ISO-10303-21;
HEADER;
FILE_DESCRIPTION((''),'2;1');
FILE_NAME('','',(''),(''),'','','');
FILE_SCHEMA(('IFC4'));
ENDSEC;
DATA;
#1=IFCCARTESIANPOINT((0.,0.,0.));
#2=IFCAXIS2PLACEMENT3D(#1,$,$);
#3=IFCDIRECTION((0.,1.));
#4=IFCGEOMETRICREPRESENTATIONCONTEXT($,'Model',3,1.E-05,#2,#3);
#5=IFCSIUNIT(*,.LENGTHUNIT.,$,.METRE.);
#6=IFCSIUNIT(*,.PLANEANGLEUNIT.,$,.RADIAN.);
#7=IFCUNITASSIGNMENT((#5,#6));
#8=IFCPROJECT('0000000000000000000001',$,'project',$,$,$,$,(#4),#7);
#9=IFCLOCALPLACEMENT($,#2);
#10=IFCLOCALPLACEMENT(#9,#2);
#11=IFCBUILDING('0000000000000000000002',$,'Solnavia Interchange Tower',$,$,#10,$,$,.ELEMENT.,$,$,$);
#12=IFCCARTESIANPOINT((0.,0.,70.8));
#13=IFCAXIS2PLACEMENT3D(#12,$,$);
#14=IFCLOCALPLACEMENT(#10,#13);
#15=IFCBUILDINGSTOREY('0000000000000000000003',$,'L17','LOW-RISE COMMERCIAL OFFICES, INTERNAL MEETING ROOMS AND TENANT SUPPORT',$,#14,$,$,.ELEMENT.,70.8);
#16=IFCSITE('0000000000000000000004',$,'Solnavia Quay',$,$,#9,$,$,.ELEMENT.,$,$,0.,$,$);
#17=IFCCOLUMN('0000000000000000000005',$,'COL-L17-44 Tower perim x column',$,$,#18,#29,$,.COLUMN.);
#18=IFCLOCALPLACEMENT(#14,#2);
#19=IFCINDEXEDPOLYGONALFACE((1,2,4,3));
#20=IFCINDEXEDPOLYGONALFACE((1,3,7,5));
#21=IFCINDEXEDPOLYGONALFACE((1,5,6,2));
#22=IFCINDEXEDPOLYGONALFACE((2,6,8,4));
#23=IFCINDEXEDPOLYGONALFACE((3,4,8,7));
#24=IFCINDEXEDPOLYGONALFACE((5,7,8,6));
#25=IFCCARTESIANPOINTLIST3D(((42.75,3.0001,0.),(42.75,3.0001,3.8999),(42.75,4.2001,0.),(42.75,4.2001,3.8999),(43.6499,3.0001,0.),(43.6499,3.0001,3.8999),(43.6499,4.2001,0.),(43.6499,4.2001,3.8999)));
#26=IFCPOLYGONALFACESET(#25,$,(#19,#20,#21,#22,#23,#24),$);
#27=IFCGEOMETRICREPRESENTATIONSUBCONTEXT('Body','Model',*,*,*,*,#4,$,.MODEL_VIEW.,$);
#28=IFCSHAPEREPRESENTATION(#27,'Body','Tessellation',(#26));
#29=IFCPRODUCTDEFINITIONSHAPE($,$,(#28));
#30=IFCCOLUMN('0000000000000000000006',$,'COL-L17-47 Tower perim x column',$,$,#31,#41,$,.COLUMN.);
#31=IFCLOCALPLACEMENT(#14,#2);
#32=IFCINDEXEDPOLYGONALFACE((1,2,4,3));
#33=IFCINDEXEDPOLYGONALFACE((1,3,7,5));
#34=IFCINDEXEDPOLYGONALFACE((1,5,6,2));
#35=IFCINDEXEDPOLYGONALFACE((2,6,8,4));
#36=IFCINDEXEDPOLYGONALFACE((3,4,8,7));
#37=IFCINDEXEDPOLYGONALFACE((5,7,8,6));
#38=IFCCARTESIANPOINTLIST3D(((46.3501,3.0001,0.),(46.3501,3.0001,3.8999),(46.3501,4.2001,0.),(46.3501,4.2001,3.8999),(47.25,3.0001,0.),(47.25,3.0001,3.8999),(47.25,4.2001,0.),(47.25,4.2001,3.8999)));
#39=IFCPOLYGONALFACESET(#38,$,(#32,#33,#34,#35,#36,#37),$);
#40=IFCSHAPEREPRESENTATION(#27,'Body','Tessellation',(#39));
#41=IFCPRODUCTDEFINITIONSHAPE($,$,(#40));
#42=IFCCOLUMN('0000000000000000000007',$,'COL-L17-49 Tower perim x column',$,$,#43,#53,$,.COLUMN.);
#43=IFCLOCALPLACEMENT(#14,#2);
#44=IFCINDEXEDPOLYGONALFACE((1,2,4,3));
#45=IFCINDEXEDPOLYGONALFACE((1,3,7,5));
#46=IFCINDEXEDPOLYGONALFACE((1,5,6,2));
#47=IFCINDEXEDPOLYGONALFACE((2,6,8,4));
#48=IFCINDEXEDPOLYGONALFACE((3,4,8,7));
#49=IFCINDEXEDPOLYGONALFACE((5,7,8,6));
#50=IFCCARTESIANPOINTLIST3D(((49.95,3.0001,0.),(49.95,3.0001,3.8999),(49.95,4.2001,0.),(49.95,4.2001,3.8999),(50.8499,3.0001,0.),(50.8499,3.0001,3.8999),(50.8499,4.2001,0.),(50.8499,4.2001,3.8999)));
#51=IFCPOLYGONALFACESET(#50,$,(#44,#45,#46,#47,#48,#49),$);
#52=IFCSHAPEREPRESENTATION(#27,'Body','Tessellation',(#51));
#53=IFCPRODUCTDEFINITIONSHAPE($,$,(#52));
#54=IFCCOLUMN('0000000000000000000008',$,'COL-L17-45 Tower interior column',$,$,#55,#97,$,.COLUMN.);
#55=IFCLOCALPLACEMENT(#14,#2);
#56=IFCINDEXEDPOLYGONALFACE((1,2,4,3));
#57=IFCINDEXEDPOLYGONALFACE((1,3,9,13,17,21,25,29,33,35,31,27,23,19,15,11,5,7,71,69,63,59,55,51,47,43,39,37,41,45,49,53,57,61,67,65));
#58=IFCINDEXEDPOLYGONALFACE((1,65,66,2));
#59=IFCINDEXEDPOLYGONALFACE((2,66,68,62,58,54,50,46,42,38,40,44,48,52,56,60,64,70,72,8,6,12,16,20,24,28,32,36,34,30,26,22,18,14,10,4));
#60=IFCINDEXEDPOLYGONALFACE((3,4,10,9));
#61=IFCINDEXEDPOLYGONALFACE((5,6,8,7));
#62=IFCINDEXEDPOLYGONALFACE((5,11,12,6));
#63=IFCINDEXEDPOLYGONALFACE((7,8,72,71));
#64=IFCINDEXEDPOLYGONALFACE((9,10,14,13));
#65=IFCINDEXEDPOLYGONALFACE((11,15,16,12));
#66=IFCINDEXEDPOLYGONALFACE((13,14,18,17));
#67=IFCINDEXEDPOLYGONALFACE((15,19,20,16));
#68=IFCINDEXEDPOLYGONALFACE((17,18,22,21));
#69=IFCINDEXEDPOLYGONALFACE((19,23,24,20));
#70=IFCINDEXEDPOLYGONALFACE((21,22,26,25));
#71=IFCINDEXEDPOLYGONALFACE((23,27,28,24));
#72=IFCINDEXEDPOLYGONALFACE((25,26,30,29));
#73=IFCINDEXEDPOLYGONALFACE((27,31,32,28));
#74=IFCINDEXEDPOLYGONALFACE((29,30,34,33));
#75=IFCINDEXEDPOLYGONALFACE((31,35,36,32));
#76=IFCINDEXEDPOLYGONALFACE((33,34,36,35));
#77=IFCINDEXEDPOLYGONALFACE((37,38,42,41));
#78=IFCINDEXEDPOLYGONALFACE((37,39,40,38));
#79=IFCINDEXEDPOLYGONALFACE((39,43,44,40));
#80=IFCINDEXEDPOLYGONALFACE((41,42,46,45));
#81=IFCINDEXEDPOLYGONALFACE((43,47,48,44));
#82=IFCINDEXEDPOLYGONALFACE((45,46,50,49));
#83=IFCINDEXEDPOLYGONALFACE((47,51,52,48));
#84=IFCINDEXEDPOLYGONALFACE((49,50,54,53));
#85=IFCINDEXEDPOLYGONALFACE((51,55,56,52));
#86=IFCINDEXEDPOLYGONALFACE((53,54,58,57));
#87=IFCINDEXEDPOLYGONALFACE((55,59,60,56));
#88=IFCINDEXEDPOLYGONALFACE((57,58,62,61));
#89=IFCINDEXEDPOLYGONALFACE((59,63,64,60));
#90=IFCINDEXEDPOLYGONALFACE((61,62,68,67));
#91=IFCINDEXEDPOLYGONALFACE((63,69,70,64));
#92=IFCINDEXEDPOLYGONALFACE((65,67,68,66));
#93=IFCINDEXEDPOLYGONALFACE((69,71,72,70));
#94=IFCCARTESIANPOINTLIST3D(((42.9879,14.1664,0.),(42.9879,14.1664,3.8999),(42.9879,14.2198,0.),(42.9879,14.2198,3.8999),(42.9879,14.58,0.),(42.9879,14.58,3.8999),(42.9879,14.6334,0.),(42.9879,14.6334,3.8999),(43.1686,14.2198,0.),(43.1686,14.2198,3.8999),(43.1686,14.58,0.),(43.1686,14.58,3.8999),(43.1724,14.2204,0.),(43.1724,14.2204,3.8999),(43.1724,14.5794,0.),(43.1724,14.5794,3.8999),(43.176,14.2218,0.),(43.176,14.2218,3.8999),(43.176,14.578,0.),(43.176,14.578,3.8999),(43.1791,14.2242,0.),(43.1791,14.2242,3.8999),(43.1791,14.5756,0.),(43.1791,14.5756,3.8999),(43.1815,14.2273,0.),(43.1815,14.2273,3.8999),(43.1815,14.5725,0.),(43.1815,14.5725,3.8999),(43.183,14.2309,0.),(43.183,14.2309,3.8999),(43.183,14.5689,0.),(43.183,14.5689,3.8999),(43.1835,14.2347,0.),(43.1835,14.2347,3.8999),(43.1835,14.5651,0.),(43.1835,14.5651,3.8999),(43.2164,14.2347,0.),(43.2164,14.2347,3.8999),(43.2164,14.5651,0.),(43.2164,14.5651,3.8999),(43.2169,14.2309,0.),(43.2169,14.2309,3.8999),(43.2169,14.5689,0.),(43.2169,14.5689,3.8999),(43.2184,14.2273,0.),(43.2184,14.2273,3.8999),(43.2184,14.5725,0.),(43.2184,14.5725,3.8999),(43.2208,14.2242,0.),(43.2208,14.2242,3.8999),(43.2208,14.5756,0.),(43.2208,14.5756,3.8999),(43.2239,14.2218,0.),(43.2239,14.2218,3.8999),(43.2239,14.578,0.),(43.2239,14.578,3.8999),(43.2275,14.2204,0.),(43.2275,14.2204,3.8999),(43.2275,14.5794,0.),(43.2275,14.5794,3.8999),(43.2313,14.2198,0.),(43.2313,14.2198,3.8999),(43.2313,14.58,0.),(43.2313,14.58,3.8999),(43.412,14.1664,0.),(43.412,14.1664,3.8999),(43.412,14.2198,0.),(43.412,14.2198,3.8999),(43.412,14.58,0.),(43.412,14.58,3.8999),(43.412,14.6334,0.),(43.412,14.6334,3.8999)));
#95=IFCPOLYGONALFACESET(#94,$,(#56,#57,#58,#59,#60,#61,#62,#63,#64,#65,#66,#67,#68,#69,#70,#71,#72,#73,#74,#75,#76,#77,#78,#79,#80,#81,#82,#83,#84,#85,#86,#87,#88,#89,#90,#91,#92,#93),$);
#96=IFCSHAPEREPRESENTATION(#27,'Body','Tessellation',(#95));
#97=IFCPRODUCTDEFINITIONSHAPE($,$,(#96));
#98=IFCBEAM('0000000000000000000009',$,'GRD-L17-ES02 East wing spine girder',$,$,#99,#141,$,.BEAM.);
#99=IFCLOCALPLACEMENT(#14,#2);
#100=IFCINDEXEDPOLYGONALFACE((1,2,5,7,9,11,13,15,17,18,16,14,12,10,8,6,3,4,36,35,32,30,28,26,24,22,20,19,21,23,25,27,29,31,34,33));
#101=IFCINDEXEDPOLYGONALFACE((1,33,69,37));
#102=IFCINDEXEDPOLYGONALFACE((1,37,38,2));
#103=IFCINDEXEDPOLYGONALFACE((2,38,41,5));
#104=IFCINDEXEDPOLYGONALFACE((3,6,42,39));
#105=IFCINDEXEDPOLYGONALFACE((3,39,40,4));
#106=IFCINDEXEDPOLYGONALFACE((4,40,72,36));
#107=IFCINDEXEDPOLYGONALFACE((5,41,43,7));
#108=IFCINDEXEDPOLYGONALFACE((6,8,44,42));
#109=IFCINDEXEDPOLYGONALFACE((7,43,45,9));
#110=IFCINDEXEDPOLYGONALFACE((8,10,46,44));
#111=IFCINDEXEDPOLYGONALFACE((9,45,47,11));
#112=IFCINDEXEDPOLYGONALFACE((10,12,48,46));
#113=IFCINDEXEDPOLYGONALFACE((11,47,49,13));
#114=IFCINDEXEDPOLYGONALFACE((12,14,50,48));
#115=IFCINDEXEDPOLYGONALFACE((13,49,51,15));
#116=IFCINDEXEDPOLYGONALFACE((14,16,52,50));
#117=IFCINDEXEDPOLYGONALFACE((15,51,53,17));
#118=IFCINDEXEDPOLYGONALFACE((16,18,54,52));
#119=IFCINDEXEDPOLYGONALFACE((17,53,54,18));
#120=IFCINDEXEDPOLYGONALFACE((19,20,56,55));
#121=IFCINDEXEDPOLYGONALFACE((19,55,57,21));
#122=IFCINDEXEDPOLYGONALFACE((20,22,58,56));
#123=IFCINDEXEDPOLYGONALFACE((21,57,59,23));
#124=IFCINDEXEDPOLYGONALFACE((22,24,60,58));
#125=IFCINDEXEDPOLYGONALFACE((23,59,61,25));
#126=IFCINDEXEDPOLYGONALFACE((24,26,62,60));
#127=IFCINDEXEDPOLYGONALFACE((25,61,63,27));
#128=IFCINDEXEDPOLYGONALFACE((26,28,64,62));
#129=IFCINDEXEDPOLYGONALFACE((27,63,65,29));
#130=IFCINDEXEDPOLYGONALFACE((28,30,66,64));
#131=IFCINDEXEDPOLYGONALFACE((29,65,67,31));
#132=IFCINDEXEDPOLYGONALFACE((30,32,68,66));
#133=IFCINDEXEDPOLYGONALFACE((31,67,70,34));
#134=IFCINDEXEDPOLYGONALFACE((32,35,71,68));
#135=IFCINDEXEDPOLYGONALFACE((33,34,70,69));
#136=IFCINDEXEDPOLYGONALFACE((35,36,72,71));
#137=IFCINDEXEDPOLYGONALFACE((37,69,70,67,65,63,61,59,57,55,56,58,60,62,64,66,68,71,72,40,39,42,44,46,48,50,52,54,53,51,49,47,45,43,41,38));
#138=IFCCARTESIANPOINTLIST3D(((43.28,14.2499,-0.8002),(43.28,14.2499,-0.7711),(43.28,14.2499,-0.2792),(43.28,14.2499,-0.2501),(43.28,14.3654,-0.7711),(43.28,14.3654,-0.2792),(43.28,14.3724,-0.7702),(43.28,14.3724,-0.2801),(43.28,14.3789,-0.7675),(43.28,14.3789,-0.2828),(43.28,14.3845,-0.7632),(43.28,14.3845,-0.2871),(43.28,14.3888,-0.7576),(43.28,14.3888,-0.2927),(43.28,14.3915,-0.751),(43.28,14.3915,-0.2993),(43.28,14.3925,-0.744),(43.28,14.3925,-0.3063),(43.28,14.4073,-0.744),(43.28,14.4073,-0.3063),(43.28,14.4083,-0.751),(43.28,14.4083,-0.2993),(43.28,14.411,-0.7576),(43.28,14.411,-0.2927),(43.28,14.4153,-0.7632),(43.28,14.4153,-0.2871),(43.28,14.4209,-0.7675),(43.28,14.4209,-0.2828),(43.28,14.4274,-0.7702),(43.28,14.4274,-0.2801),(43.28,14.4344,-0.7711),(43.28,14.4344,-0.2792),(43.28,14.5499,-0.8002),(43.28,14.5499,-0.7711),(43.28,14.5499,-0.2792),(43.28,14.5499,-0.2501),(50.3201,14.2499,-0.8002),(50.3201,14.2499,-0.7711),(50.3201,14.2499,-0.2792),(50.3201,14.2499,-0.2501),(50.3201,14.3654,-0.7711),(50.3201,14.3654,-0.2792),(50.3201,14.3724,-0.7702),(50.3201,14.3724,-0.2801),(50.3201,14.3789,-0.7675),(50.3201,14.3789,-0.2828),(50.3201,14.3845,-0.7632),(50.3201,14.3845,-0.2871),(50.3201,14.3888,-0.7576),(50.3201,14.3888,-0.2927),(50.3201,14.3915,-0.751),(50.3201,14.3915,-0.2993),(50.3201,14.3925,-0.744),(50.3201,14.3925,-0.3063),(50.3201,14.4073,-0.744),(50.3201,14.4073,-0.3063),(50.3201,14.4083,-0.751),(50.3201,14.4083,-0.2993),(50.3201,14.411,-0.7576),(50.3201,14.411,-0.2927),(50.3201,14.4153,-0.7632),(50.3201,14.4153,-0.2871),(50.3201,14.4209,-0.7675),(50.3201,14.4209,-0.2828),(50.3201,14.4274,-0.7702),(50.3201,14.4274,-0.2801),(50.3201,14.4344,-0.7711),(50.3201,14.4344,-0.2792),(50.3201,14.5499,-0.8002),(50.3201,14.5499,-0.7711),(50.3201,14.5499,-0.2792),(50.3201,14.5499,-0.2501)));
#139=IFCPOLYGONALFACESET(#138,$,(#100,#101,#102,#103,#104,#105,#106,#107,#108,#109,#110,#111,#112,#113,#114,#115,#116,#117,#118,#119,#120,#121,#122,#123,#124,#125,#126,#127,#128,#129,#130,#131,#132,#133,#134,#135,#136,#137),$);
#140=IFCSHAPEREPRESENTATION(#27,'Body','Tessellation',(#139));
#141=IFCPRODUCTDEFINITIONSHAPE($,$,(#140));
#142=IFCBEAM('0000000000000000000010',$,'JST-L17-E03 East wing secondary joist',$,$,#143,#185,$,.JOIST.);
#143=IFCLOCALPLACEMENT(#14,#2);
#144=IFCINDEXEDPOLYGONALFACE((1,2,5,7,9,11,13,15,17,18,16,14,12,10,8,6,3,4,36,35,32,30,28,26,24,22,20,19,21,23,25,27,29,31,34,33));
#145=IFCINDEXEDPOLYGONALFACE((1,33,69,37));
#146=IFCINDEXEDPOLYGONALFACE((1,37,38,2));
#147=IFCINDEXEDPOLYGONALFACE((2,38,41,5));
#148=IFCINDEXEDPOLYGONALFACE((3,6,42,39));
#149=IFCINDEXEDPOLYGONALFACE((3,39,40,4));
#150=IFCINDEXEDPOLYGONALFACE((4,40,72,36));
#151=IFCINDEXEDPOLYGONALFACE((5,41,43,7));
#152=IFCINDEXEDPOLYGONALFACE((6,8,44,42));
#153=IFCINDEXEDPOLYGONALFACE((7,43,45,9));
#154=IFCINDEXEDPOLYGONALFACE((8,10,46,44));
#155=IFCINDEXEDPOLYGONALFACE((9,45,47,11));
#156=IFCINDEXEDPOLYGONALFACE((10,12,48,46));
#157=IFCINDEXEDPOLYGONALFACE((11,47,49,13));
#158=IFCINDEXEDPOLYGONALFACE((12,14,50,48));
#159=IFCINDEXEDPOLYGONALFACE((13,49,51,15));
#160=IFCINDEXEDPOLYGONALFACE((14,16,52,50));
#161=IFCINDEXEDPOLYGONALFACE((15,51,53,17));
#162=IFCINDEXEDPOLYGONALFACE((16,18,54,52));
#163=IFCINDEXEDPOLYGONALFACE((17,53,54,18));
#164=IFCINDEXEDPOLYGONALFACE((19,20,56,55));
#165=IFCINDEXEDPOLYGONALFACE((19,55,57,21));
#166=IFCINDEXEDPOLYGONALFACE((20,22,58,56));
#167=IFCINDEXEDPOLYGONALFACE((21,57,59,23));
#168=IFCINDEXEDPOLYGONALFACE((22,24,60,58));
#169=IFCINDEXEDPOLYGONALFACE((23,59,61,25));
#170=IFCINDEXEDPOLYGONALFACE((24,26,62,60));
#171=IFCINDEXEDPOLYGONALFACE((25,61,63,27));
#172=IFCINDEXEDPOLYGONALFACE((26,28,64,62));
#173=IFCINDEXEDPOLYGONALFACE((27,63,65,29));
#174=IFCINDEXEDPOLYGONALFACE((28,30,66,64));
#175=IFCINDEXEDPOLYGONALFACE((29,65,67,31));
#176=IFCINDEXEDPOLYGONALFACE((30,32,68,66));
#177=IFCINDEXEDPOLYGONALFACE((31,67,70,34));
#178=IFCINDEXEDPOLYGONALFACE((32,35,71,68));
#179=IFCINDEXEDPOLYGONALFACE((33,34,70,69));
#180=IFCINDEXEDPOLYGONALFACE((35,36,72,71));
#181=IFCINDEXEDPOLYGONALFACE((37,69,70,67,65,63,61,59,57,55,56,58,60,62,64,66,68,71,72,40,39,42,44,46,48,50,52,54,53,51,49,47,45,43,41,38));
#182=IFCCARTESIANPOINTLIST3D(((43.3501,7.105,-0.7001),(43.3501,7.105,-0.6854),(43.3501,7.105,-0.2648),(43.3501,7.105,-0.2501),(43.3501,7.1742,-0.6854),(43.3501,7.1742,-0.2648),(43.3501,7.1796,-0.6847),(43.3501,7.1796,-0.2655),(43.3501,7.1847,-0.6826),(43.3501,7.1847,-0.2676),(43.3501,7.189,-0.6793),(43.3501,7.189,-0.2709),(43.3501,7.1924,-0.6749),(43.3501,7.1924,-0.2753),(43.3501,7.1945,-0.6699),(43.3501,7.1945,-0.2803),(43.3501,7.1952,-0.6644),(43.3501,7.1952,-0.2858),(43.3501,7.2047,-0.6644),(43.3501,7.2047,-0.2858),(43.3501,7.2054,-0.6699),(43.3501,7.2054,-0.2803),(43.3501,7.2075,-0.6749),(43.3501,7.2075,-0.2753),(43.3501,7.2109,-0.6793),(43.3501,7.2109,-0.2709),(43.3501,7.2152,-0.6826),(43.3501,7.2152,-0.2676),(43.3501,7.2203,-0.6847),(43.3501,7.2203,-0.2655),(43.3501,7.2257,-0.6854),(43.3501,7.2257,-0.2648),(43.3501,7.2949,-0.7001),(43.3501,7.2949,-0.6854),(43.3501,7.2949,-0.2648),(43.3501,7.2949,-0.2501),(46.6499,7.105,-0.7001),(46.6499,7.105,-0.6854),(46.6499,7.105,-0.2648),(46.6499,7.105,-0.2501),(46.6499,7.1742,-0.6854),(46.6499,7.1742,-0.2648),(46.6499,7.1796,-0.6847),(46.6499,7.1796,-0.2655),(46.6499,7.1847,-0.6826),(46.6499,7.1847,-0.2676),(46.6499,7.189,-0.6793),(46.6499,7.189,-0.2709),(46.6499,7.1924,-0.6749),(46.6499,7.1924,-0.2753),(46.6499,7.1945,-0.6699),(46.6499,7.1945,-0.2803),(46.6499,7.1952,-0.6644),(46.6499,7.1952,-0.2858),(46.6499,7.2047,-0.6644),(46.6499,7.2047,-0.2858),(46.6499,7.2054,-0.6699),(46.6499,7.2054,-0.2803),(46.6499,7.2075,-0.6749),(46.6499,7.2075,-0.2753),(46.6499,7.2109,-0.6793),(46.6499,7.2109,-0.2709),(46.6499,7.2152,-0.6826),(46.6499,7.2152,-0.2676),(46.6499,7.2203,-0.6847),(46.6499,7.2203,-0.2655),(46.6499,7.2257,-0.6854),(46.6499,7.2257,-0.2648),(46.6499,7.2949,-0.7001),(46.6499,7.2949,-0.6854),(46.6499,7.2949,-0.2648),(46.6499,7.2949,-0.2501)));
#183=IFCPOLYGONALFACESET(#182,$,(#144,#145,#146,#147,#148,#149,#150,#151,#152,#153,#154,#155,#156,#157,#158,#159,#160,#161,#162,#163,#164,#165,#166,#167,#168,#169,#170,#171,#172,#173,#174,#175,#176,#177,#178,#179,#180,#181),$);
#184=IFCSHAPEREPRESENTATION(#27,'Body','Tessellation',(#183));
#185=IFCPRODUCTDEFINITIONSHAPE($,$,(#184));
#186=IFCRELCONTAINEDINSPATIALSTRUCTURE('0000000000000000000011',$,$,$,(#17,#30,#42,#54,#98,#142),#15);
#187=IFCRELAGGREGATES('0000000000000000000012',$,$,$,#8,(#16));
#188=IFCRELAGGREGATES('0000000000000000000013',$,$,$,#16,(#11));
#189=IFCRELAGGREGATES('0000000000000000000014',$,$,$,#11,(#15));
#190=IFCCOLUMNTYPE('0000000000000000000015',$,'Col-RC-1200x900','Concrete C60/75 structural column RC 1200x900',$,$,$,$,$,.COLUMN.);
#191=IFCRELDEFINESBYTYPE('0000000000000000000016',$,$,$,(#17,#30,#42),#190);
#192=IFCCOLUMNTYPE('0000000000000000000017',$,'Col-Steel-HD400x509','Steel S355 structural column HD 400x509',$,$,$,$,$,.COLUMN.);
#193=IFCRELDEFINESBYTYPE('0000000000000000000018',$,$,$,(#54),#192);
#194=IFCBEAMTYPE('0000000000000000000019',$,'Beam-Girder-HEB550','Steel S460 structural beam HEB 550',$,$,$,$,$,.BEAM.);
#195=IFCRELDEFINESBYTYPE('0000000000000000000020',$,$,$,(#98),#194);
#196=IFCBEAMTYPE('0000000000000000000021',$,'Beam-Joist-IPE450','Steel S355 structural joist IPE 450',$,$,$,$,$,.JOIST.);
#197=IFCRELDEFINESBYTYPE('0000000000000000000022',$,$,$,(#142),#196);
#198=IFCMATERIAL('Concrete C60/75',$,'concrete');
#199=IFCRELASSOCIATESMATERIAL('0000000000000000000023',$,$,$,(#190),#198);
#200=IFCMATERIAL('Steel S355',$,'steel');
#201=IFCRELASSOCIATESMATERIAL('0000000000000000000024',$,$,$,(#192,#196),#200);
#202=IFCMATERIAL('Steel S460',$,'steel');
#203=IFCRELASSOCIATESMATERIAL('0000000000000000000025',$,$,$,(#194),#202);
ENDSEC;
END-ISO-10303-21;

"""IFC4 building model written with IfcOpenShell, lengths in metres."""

from ifc_helpers import new_model, si_unit, direction, frame, origin, origin_2d, place, context, subcontext, project, spatial, rectangle, i_section, extrude, material, material_profile, profile_set, type_object, element, save


model = new_model("IFC4")

# Units and contexts
model_context = context("Model", 3, precision=1e-05, world=origin(), true_north=direction((0.0, 1.0)))
body_context = subcontext(model_context, "Body", "Model", "MODEL_VIEW")
ifc_project = project(units=[si_unit("LENGTHUNIT", "METRE"), si_unit("PLANEANGLEUNIT", "RADIAN")], contexts=[model_context])

# Site, building, storey
site_placement = place(None, origin())
site = spatial("IfcSite", under=ifc_project, at=site_placement, Name="Solnavia Quay", CompositionType="ELEMENT", RefElevation=0.0)
building_placement = place(site_placement, origin())
building = spatial("IfcBuilding", under=site, at=building_placement, Name="Solnavia Interchange Tower", CompositionType="ELEMENT")
storey_placement = place(building_placement, frame((0.0, 0.0, 70.8)))
storey = spatial("IfcBuildingStorey", under=building, at=storey_placement, Name="L17", Description="LOW-RISE COMMERCIAL OFFICES, INTERNAL MEETING ROOMS AND TENANT SUPPORT", CompositionType="ELEMENT", Elevation=70.8)

# Columns
ifc_material_1 = material(Name="Concrete C60/75", Category="concrete")
ifc_material_profile_1 = material_profile(ifc_material_1, rectangle(XDim=0.8999, YDim=1.2, at=origin_2d()), Name="RC 1200x900")
ifc_profile_set_1 = profile_set([ifc_material_profile_1], Name="Concrete C60/75")
column_type_1 = type_object("IfcColumnType", Name="Col-RC-1200x900", Description="Concrete C60/75 structural column RC 1200x900", PredefinedType="COLUMN", material=ifc_profile_set_1)
for number, where, z_axis, x_axis, name in (
    (1, (43.2, 3.6001, 0.0), (0.0, 0.0, 1.0), (1.0, 0.0, 0.0), "COL-L17-44 Tower perim x column"),
    (2, (46.8, 3.6001, 0.0), (0.0, 0.0, 1.0), (1.0, 0.0, 0.0), "COL-L17-47 Tower perim x column"),
    (3, (50.3999, 3.6001, 0.0), (0.0, 0.0, 1.0), (1.0, 0.0, 0.0), "COL-L17-49 Tower perim x column"),
):
    element("IfcColumn", number, at=place(storey_placement, frame(where, z_axis=z_axis, x_axis=x_axis)), inside=storey, type_object=column_type_1, Name=name, PredefinedType="COLUMN", context=body_context, shape_type="SweptSolid", body=[
        extrude(rectangle(XDim=0.8999, YDim=1.2, at=origin_2d()), origin(), (0.0, 0.0, 1.0), 3.8999),
    ])
ifc_material_2 = material(Name="Steel S355", Category="steel")
ifc_material_profile_2 = material_profile(ifc_material_2, i_section(OverallWidth=0.4241, OverallDepth=0.467, WebThickness=0.033, FlangeThickness=0.0535, FilletRadius=0.0149, at=origin_2d()), Name="HD 400x509")
ifc_profile_set_2 = profile_set([ifc_material_profile_2], Name="Steel S355")
column_type_2 = type_object("IfcColumnType", Name="Col-Steel-HD400x509", Description="Steel S355 structural column HD 400x509", PredefinedType="COLUMN", material=ifc_profile_set_2)
column_placement = place(storey_placement, frame((43.2, 14.3999, 0.0), z_axis=(0.0, 0.0, 1.0), x_axis=(1.0, 0.0, 0.0)))
element("IfcColumn", 4, at=column_placement, inside=storey, type_object=column_type_2, Name="COL-L17-45 Tower interior column", PredefinedType="COLUMN", context=body_context, shape_type="SweptSolid", body=[
    extrude(i_section(OverallWidth=0.4241, OverallDepth=0.467, WebThickness=0.033, FlangeThickness=0.0535, FilletRadius=0.0149, at=origin_2d()), origin(), (0.0, 0.0, 1.0), 3.8999),
])

# Beams
ifc_material_3 = material(Name="Steel S460", Category="steel")
ifc_material_profile_3 = material_profile(ifc_material_3, i_section(OverallWidth=0.3, OverallDepth=0.55, WebThickness=0.0149, FlangeThickness=0.0291, FilletRadius=0.0271, at=origin_2d()), Name="HEB 550")
ifc_profile_set_3 = profile_set([ifc_material_profile_3], Name="Steel S460")
beam_type_1 = type_object("IfcBeamType", Name="Beam-Girder-HEB550", Description="Steel S460 structural beam HEB 550", PredefinedType="BEAM", material=ifc_profile_set_3)
beam_1_placement = place(storey_placement, frame((43.28, 14.3999, -0.5251), z_axis=(1.0, 0.0, 0.0), x_axis=(0.0, 1.0, 0.0)))
element("IfcBeam", 5, at=beam_1_placement, inside=storey, type_object=beam_type_1, Name="GRD-L17-ES02 East wing spine girder", PredefinedType="BEAM", context=body_context, shape_type="SweptSolid", body=[
    extrude(i_section(OverallWidth=0.3, OverallDepth=0.55, WebThickness=0.0149, FlangeThickness=0.0291, FilletRadius=0.0271, at=origin_2d()), origin(), (0.0, 0.0, 1.0), 7.04),
])
ifc_material_profile_4 = material_profile(ifc_material_2, i_section(OverallWidth=0.1899, OverallDepth=0.45, WebThickness=0.0095, FlangeThickness=0.0146, FilletRadius=0.021, at=origin_2d()), Name="IPE 450")
ifc_profile_set_4 = profile_set([ifc_material_profile_4], Name="Steel S355")
beam_type_2 = type_object("IfcBeamType", Name="Beam-Joist-IPE450", Description="Steel S355 structural joist IPE 450", PredefinedType="JOIST", material=ifc_profile_set_4)
beam_2_placement = place(storey_placement, frame((43.3501, 7.2, -0.4751), z_axis=(1.0, 0.0, 0.0), x_axis=(0.0, 1.0, 0.0)))
element("IfcBeam", 6, at=beam_2_placement, inside=storey, type_object=beam_type_2, Name="JST-L17-E03 East wing secondary joist", PredefinedType="JOIST", context=body_context, shape_type="SweptSolid", body=[
    extrude(i_section(OverallWidth=0.1899, OverallDepth=0.45, WebThickness=0.0095, FlangeThickness=0.0146, FilletRadius=0.021, at=origin_2d()), origin(), (0.0, 0.0, 1.0), 3.2998),
])

save(model, "model.ifc")
